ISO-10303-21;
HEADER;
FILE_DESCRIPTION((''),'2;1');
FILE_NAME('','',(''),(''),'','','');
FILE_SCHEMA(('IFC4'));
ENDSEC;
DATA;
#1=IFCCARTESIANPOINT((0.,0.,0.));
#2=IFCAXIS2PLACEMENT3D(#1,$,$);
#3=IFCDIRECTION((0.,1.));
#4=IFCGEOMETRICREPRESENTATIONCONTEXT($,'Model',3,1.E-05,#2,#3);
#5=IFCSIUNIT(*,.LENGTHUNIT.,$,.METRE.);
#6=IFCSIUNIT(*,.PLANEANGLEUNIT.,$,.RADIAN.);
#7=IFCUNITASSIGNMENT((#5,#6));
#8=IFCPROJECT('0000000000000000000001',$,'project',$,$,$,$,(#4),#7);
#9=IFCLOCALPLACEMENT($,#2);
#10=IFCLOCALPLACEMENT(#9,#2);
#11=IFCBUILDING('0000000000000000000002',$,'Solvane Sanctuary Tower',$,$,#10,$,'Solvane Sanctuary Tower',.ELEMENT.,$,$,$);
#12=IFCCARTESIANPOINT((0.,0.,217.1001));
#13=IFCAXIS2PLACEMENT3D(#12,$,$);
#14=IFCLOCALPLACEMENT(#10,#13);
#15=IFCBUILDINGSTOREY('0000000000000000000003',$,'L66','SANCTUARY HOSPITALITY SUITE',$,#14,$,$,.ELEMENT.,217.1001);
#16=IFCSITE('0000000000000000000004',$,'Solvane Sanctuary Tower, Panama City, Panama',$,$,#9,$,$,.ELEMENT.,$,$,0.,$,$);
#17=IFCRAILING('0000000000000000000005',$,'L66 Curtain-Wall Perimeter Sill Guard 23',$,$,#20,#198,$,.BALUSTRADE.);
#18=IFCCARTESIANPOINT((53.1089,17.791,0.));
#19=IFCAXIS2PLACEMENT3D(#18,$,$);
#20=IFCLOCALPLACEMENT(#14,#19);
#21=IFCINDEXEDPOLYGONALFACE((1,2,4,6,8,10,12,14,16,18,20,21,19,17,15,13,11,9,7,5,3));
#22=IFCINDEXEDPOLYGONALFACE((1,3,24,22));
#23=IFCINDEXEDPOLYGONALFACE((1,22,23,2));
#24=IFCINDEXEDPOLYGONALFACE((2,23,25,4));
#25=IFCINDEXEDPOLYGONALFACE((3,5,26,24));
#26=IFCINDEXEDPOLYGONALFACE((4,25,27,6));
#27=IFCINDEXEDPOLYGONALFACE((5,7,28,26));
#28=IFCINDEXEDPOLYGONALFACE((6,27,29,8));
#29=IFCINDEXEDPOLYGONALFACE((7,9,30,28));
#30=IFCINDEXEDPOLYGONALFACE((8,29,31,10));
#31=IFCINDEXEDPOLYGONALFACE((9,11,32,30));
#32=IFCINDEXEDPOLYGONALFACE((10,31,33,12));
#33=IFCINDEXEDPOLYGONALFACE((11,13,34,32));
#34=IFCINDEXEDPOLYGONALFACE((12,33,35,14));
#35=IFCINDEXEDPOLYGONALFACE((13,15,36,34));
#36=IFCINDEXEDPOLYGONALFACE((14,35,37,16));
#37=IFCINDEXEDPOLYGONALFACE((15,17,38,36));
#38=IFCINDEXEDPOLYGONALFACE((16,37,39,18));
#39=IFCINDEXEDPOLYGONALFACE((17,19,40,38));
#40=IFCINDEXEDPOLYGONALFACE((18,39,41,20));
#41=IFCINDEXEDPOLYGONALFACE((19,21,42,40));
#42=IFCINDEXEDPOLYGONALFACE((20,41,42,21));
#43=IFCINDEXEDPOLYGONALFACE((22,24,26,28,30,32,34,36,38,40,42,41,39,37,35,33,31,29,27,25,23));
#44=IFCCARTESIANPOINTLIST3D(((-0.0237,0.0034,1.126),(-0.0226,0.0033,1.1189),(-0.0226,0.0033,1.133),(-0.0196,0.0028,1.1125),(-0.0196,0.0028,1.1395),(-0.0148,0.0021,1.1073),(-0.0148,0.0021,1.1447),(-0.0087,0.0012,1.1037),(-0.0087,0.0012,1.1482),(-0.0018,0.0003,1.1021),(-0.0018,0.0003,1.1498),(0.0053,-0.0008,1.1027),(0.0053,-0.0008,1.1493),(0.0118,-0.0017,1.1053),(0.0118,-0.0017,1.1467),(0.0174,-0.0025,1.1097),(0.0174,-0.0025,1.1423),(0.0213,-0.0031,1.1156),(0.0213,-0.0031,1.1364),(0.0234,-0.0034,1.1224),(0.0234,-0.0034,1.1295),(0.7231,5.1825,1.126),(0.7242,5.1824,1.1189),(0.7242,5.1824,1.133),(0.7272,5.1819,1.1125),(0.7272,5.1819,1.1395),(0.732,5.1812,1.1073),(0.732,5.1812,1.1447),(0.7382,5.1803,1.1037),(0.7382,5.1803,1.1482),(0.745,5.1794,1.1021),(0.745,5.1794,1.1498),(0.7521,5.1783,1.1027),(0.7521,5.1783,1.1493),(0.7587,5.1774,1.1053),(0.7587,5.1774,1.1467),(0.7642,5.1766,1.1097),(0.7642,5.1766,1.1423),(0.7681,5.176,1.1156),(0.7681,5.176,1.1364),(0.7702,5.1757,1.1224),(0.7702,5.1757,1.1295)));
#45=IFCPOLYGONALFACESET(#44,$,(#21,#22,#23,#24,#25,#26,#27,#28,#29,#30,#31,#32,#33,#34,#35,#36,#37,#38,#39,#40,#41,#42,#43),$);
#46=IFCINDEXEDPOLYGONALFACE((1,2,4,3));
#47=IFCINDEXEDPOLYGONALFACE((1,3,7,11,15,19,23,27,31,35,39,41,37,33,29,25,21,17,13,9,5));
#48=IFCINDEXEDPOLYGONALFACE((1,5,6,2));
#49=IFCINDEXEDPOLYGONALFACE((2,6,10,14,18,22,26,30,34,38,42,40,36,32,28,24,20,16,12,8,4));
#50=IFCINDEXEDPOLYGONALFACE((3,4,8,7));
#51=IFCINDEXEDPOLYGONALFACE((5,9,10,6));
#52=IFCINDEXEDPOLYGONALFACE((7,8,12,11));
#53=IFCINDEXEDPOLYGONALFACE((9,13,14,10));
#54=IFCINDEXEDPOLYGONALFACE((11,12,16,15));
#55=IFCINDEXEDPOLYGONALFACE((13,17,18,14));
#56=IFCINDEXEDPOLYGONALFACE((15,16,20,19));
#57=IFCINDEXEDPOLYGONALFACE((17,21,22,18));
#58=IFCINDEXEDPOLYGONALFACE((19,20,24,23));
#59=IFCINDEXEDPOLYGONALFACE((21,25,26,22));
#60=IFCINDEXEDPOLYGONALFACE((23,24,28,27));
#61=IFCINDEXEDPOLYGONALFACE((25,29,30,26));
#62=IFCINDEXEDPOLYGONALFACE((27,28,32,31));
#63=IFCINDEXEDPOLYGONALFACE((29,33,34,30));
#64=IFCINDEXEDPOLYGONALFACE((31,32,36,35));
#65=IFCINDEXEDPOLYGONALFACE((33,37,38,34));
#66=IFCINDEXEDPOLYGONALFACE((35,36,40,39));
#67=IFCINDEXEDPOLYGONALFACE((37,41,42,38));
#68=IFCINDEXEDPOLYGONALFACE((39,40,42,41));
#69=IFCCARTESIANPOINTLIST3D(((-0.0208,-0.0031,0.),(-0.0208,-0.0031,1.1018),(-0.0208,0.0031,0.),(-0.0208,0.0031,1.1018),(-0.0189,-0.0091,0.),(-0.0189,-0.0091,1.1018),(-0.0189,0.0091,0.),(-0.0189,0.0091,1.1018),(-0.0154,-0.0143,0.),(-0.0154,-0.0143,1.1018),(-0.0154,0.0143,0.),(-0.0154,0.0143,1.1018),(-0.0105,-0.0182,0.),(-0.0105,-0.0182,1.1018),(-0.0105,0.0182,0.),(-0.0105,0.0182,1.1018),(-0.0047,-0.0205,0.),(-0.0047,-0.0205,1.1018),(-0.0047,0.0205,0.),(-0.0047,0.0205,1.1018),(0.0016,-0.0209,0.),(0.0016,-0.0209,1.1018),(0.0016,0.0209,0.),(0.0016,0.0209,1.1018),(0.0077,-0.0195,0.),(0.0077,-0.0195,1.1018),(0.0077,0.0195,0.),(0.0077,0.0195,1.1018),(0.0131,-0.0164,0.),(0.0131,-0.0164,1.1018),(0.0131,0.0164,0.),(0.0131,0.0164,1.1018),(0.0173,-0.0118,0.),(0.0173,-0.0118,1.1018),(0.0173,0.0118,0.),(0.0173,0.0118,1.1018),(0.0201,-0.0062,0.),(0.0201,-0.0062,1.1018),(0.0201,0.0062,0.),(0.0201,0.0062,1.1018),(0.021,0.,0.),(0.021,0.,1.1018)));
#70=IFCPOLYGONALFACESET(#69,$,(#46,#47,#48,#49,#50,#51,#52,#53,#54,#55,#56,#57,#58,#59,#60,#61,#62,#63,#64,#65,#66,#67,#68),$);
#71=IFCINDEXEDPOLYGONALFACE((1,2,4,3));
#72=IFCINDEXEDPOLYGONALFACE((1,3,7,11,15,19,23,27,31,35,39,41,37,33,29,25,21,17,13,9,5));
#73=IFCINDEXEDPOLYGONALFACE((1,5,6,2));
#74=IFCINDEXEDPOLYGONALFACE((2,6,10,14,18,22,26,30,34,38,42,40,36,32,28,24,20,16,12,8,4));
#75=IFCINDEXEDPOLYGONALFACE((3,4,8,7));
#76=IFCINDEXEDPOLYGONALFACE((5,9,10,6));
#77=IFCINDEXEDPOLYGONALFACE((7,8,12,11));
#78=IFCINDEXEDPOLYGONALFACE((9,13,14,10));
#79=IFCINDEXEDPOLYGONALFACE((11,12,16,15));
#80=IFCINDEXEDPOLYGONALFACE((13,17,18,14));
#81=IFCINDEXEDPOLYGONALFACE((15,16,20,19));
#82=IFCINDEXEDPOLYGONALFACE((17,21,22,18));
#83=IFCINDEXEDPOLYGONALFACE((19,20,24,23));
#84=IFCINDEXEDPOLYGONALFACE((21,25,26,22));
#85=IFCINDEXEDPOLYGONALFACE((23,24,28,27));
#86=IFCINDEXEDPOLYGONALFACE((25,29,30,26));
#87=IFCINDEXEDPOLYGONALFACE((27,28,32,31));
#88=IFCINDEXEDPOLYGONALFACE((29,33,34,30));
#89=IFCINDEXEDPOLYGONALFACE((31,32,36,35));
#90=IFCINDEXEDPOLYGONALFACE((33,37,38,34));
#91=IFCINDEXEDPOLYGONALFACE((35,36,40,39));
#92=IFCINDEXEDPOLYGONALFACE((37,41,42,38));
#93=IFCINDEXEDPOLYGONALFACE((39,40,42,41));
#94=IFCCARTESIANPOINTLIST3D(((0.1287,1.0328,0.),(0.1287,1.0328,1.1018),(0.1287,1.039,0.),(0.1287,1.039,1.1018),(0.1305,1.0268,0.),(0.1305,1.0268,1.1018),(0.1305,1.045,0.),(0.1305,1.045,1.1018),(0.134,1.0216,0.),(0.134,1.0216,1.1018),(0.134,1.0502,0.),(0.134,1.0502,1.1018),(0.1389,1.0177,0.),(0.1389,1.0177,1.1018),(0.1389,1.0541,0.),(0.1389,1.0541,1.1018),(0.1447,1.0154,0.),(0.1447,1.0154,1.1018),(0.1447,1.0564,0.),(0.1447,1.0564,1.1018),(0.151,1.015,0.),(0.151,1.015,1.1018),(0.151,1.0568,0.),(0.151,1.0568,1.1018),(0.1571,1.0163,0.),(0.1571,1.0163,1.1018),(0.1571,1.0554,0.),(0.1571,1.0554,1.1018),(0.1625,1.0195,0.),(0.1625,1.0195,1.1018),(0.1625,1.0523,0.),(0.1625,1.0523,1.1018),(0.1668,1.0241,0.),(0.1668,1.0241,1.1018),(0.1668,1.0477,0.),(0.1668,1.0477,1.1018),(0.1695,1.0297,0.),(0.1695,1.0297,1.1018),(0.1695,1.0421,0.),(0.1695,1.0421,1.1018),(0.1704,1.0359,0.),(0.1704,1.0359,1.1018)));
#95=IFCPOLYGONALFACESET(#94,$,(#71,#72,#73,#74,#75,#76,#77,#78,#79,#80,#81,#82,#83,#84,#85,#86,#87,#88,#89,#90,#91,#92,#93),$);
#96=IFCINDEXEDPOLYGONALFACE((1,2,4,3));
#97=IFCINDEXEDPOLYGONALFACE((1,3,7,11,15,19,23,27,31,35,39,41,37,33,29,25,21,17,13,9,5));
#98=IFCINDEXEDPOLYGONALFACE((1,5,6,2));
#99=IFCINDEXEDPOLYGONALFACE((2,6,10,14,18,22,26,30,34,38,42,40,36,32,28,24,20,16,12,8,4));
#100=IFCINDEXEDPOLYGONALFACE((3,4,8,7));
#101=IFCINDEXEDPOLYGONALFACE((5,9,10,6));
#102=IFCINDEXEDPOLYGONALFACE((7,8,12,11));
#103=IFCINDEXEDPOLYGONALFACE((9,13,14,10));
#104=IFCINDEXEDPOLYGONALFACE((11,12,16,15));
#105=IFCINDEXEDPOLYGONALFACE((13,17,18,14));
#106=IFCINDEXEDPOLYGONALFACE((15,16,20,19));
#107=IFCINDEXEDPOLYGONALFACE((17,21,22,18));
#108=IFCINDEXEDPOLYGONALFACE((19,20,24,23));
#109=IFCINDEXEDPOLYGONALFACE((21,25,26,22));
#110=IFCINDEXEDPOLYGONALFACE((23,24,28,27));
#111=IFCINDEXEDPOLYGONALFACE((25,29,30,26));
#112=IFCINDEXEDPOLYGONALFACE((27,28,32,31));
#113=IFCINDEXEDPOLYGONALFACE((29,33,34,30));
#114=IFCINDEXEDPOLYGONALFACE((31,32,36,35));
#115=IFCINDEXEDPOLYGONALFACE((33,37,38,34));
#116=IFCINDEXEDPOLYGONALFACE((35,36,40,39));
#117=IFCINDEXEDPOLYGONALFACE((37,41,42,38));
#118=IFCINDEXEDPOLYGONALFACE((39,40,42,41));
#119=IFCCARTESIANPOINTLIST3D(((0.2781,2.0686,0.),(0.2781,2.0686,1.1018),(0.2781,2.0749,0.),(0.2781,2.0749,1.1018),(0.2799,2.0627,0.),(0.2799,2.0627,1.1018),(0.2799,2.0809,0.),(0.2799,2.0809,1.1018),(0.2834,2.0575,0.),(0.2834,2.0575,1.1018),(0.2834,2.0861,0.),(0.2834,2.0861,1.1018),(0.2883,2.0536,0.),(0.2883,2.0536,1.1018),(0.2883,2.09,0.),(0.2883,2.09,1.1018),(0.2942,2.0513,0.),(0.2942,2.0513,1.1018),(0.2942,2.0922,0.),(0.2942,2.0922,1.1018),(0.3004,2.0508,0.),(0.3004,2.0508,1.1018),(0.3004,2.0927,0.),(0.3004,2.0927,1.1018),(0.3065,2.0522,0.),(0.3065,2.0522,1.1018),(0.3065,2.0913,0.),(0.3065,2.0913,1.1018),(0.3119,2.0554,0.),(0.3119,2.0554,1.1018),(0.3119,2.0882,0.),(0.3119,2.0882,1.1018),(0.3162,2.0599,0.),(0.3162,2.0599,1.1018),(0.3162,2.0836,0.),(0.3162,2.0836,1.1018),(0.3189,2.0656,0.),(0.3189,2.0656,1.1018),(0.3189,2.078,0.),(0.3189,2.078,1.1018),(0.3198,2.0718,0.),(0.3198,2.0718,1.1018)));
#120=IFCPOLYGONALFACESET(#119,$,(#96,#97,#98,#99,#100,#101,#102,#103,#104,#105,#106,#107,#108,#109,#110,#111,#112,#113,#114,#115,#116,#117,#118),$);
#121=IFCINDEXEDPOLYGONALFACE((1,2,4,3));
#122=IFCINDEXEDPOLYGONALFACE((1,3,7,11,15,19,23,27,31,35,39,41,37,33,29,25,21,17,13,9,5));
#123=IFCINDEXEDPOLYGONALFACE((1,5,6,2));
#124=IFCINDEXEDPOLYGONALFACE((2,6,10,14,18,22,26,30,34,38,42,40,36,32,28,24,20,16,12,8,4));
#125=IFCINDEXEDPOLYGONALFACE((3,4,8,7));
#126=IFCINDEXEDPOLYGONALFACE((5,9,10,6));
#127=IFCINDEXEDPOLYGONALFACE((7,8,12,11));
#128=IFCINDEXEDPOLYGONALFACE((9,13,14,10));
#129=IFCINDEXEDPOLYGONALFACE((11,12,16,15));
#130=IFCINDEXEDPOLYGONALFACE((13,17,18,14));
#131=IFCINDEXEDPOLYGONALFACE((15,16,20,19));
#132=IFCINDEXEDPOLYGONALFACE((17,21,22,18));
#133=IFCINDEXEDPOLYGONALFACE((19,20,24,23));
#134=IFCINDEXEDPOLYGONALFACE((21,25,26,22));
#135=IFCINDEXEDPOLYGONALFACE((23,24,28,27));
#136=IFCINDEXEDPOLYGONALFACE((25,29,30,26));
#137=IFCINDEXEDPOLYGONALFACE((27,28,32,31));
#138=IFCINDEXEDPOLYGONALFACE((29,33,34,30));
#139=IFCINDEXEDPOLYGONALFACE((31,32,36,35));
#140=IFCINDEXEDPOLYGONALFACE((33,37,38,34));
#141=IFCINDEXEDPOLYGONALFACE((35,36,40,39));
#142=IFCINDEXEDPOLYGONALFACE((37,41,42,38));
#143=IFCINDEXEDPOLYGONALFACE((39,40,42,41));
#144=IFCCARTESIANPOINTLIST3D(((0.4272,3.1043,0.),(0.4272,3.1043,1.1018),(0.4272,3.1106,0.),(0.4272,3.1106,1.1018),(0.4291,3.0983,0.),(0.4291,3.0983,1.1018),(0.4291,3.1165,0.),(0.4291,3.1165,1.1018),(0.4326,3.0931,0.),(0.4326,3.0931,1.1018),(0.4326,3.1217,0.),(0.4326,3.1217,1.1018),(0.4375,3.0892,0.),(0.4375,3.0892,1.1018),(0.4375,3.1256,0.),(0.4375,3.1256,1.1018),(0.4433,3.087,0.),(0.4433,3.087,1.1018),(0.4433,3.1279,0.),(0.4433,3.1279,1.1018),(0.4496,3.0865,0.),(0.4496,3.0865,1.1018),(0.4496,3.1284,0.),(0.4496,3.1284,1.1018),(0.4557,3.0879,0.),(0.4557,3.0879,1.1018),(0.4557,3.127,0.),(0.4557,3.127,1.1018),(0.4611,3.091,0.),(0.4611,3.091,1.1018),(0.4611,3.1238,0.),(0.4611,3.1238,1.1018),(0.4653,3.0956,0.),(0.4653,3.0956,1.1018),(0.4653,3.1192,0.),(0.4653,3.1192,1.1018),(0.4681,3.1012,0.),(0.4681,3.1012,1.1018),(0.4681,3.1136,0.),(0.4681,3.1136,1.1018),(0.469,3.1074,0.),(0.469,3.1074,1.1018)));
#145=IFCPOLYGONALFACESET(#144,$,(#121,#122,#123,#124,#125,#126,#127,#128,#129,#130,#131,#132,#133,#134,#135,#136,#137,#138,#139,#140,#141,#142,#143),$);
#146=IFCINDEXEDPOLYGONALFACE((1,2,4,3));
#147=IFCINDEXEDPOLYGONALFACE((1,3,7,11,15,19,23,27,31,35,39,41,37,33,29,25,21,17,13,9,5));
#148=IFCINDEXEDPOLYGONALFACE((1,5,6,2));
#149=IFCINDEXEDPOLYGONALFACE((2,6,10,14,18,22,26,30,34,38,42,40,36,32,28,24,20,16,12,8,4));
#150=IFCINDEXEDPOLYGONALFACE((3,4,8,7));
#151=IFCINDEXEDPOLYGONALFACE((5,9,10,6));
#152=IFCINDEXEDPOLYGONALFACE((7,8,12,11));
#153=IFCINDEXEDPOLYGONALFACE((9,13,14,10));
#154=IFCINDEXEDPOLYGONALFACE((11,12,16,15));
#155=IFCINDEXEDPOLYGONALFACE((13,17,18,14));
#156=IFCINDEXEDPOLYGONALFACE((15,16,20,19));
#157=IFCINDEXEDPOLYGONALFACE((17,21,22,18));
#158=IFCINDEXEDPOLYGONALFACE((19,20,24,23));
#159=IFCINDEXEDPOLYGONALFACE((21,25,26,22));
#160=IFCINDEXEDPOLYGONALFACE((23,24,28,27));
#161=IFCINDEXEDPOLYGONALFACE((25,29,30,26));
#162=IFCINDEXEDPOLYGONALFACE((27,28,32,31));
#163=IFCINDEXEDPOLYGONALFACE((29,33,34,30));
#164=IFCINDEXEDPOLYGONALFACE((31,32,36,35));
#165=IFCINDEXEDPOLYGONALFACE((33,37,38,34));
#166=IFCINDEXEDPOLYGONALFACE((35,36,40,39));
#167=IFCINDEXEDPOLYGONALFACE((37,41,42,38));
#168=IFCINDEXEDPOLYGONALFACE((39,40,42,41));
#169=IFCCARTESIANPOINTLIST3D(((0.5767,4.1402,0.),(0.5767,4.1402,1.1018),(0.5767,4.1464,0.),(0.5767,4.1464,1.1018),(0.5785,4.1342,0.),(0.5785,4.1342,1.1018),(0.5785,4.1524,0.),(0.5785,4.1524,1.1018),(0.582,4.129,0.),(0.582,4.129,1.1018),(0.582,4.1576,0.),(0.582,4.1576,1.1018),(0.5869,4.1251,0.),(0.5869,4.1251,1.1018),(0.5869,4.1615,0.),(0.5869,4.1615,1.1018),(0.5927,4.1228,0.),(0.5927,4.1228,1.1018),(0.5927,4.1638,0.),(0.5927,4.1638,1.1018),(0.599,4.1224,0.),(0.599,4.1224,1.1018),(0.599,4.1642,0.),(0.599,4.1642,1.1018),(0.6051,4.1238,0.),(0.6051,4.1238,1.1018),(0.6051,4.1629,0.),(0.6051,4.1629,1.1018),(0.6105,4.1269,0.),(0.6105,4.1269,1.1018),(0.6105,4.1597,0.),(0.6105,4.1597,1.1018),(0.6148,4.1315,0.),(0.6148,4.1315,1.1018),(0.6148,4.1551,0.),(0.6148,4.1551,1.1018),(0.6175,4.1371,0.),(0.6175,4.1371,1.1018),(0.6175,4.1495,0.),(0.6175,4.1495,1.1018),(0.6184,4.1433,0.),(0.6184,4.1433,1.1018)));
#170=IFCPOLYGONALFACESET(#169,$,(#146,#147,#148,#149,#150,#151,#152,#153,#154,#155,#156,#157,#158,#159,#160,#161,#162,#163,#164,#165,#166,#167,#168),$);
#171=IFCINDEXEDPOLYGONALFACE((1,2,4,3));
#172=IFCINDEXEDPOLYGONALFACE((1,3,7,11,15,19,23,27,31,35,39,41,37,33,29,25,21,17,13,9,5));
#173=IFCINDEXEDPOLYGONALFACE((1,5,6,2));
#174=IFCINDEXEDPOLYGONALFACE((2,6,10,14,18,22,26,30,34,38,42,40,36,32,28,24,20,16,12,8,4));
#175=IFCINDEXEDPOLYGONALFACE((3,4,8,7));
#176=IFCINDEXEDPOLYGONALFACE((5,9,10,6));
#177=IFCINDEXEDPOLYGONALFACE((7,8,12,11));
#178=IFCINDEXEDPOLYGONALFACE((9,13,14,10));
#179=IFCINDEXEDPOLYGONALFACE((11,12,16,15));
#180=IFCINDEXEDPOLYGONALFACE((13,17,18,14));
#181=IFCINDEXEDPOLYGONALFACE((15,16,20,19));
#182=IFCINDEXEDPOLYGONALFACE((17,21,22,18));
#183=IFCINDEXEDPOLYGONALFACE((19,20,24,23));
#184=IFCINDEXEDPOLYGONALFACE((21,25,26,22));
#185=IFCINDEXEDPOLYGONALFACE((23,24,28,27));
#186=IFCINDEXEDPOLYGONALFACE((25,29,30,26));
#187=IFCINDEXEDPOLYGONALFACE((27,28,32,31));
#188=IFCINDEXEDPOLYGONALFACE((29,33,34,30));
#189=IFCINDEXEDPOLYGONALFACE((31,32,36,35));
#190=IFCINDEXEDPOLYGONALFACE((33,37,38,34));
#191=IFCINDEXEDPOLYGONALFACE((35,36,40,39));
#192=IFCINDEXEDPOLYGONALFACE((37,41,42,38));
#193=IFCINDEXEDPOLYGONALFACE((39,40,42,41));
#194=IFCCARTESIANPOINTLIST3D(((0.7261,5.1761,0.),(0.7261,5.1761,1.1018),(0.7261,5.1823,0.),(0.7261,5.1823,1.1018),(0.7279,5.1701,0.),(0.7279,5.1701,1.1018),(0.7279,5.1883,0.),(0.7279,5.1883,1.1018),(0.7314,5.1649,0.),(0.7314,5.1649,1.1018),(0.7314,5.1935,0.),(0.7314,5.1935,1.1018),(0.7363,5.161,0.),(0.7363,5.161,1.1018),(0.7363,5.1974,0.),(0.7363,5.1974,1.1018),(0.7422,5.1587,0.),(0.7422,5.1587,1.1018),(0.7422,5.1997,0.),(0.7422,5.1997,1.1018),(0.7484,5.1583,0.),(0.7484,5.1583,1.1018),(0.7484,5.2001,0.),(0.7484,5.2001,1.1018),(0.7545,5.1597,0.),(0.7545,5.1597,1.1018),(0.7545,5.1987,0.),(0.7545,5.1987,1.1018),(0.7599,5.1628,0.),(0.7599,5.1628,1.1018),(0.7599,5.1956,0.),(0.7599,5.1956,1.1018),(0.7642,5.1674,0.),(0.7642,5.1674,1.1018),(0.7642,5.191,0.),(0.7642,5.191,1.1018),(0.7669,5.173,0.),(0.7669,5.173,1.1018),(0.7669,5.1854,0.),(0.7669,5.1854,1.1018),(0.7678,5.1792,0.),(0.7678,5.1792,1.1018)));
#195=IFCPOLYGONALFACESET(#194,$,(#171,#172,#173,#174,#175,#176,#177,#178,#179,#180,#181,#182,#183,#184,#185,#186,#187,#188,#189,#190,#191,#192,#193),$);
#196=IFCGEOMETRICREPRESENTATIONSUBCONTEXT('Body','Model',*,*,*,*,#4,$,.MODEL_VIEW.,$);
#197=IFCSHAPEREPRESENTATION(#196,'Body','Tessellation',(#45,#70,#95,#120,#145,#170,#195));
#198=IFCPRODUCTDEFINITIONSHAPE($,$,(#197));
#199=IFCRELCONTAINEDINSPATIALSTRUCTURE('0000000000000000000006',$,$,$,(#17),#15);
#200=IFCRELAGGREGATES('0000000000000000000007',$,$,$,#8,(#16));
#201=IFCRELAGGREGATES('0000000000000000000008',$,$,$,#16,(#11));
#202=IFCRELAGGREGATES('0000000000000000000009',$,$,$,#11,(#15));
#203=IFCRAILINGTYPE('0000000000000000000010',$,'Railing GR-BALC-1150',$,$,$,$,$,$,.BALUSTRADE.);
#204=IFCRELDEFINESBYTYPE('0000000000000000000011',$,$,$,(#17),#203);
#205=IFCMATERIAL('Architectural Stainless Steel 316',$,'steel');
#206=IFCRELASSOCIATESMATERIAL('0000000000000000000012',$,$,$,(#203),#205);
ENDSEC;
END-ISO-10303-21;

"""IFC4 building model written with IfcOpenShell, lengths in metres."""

from ifc_helpers import new_model, si_unit, direction, frame, origin, origin_2d, place, context, subcontext, project, spatial, circle, extrude, material, type_object, element, save


model = new_model("IFC4")

# Units and contexts
model_context = context("Model", 3, precision=1e-05, world=origin(), true_north=direction((0.0, 1.0)))
body_context = subcontext(model_context, "Body", "Model", "MODEL_VIEW")
ifc_project = project(units=[si_unit("LENGTHUNIT", "METRE"), si_unit("PLANEANGLEUNIT", "RADIAN")], contexts=[model_context])

# Site, building, storey
site_placement = place(None, origin())
site = spatial("IfcSite", under=ifc_project, at=site_placement, Name="Solvane Sanctuary Tower, Panama City, Panama", CompositionType="ELEMENT", RefElevation=0.0)
building_placement = place(site_placement, origin())
building = spatial("IfcBuilding", under=site, at=building_placement, Name="Solvane Sanctuary Tower", LongName="Solvane Sanctuary Tower", CompositionType="ELEMENT")
storey_placement = place(building_placement, frame((0.0, 0.0, 217.1001)))
storey = spatial("IfcBuildingStorey", under=building, at=storey_placement, Name="L66", Description="SANCTUARY HOSPITALITY SUITE", CompositionType="ELEMENT", Elevation=217.1001)

# Shared definitions
ifc_material_1 = material(Name="Architectural Stainless Steel 316", Category="steel")

# Railing
railing_type_1 = type_object("IfcRailingType", Name="Railing GR-BALC-1150", PredefinedType="BALUSTRADE", material=ifc_material_1)
railing_1_placement = place(storey_placement, frame((53.1089, 17.791, 0.0)))
element("IfcRailing", 1, at=railing_1_placement, inside=storey, type_object=railing_type_1, Name="L66 Curtain-Wall Perimeter Sill Guard 23", PredefinedType="BALUSTRADE", context=body_context, shape_type="SweptSolid", body=[
    extrude(circle(Radius=0.0239, at=origin_2d()), frame((0.0, 0.0, 1.126), z_axis=(0.142721, 0.989763, 0.0), x_axis=(-0.989763, 0.142721, 0.0)), (0.0, 0.0, 1.0), 5.2327),
    extrude(circle(Radius=0.021, at=origin_2d()), origin(), (0.0, 0.0, 1.0), 1.1018),
    extrude(circle(Radius=0.021, at=origin_2d()), frame((0.1494, 1.0359, 0.0)), (0.0, 0.0, 1.0), 1.1018),
    extrude(circle(Radius=0.021, at=origin_2d()), frame((0.2988, 2.0718, 0.0)), (0.0, 0.0, 1.0), 1.1018),
    extrude(circle(Radius=0.021, at=origin_2d()), frame((0.448, 3.1074, 0.0)), (0.0, 0.0, 1.0), 1.1018),
    extrude(circle(Radius=0.021, at=origin_2d()), frame((0.5974, 4.1433, 0.0)), (0.0, 0.0, 1.0), 1.1018),
    extrude(circle(Radius=0.021, at=origin_2d()), frame((0.7468, 5.1792, 0.0)), (0.0, 0.0, 1.0), 1.1018),
])

save(model, "model.ifc")
